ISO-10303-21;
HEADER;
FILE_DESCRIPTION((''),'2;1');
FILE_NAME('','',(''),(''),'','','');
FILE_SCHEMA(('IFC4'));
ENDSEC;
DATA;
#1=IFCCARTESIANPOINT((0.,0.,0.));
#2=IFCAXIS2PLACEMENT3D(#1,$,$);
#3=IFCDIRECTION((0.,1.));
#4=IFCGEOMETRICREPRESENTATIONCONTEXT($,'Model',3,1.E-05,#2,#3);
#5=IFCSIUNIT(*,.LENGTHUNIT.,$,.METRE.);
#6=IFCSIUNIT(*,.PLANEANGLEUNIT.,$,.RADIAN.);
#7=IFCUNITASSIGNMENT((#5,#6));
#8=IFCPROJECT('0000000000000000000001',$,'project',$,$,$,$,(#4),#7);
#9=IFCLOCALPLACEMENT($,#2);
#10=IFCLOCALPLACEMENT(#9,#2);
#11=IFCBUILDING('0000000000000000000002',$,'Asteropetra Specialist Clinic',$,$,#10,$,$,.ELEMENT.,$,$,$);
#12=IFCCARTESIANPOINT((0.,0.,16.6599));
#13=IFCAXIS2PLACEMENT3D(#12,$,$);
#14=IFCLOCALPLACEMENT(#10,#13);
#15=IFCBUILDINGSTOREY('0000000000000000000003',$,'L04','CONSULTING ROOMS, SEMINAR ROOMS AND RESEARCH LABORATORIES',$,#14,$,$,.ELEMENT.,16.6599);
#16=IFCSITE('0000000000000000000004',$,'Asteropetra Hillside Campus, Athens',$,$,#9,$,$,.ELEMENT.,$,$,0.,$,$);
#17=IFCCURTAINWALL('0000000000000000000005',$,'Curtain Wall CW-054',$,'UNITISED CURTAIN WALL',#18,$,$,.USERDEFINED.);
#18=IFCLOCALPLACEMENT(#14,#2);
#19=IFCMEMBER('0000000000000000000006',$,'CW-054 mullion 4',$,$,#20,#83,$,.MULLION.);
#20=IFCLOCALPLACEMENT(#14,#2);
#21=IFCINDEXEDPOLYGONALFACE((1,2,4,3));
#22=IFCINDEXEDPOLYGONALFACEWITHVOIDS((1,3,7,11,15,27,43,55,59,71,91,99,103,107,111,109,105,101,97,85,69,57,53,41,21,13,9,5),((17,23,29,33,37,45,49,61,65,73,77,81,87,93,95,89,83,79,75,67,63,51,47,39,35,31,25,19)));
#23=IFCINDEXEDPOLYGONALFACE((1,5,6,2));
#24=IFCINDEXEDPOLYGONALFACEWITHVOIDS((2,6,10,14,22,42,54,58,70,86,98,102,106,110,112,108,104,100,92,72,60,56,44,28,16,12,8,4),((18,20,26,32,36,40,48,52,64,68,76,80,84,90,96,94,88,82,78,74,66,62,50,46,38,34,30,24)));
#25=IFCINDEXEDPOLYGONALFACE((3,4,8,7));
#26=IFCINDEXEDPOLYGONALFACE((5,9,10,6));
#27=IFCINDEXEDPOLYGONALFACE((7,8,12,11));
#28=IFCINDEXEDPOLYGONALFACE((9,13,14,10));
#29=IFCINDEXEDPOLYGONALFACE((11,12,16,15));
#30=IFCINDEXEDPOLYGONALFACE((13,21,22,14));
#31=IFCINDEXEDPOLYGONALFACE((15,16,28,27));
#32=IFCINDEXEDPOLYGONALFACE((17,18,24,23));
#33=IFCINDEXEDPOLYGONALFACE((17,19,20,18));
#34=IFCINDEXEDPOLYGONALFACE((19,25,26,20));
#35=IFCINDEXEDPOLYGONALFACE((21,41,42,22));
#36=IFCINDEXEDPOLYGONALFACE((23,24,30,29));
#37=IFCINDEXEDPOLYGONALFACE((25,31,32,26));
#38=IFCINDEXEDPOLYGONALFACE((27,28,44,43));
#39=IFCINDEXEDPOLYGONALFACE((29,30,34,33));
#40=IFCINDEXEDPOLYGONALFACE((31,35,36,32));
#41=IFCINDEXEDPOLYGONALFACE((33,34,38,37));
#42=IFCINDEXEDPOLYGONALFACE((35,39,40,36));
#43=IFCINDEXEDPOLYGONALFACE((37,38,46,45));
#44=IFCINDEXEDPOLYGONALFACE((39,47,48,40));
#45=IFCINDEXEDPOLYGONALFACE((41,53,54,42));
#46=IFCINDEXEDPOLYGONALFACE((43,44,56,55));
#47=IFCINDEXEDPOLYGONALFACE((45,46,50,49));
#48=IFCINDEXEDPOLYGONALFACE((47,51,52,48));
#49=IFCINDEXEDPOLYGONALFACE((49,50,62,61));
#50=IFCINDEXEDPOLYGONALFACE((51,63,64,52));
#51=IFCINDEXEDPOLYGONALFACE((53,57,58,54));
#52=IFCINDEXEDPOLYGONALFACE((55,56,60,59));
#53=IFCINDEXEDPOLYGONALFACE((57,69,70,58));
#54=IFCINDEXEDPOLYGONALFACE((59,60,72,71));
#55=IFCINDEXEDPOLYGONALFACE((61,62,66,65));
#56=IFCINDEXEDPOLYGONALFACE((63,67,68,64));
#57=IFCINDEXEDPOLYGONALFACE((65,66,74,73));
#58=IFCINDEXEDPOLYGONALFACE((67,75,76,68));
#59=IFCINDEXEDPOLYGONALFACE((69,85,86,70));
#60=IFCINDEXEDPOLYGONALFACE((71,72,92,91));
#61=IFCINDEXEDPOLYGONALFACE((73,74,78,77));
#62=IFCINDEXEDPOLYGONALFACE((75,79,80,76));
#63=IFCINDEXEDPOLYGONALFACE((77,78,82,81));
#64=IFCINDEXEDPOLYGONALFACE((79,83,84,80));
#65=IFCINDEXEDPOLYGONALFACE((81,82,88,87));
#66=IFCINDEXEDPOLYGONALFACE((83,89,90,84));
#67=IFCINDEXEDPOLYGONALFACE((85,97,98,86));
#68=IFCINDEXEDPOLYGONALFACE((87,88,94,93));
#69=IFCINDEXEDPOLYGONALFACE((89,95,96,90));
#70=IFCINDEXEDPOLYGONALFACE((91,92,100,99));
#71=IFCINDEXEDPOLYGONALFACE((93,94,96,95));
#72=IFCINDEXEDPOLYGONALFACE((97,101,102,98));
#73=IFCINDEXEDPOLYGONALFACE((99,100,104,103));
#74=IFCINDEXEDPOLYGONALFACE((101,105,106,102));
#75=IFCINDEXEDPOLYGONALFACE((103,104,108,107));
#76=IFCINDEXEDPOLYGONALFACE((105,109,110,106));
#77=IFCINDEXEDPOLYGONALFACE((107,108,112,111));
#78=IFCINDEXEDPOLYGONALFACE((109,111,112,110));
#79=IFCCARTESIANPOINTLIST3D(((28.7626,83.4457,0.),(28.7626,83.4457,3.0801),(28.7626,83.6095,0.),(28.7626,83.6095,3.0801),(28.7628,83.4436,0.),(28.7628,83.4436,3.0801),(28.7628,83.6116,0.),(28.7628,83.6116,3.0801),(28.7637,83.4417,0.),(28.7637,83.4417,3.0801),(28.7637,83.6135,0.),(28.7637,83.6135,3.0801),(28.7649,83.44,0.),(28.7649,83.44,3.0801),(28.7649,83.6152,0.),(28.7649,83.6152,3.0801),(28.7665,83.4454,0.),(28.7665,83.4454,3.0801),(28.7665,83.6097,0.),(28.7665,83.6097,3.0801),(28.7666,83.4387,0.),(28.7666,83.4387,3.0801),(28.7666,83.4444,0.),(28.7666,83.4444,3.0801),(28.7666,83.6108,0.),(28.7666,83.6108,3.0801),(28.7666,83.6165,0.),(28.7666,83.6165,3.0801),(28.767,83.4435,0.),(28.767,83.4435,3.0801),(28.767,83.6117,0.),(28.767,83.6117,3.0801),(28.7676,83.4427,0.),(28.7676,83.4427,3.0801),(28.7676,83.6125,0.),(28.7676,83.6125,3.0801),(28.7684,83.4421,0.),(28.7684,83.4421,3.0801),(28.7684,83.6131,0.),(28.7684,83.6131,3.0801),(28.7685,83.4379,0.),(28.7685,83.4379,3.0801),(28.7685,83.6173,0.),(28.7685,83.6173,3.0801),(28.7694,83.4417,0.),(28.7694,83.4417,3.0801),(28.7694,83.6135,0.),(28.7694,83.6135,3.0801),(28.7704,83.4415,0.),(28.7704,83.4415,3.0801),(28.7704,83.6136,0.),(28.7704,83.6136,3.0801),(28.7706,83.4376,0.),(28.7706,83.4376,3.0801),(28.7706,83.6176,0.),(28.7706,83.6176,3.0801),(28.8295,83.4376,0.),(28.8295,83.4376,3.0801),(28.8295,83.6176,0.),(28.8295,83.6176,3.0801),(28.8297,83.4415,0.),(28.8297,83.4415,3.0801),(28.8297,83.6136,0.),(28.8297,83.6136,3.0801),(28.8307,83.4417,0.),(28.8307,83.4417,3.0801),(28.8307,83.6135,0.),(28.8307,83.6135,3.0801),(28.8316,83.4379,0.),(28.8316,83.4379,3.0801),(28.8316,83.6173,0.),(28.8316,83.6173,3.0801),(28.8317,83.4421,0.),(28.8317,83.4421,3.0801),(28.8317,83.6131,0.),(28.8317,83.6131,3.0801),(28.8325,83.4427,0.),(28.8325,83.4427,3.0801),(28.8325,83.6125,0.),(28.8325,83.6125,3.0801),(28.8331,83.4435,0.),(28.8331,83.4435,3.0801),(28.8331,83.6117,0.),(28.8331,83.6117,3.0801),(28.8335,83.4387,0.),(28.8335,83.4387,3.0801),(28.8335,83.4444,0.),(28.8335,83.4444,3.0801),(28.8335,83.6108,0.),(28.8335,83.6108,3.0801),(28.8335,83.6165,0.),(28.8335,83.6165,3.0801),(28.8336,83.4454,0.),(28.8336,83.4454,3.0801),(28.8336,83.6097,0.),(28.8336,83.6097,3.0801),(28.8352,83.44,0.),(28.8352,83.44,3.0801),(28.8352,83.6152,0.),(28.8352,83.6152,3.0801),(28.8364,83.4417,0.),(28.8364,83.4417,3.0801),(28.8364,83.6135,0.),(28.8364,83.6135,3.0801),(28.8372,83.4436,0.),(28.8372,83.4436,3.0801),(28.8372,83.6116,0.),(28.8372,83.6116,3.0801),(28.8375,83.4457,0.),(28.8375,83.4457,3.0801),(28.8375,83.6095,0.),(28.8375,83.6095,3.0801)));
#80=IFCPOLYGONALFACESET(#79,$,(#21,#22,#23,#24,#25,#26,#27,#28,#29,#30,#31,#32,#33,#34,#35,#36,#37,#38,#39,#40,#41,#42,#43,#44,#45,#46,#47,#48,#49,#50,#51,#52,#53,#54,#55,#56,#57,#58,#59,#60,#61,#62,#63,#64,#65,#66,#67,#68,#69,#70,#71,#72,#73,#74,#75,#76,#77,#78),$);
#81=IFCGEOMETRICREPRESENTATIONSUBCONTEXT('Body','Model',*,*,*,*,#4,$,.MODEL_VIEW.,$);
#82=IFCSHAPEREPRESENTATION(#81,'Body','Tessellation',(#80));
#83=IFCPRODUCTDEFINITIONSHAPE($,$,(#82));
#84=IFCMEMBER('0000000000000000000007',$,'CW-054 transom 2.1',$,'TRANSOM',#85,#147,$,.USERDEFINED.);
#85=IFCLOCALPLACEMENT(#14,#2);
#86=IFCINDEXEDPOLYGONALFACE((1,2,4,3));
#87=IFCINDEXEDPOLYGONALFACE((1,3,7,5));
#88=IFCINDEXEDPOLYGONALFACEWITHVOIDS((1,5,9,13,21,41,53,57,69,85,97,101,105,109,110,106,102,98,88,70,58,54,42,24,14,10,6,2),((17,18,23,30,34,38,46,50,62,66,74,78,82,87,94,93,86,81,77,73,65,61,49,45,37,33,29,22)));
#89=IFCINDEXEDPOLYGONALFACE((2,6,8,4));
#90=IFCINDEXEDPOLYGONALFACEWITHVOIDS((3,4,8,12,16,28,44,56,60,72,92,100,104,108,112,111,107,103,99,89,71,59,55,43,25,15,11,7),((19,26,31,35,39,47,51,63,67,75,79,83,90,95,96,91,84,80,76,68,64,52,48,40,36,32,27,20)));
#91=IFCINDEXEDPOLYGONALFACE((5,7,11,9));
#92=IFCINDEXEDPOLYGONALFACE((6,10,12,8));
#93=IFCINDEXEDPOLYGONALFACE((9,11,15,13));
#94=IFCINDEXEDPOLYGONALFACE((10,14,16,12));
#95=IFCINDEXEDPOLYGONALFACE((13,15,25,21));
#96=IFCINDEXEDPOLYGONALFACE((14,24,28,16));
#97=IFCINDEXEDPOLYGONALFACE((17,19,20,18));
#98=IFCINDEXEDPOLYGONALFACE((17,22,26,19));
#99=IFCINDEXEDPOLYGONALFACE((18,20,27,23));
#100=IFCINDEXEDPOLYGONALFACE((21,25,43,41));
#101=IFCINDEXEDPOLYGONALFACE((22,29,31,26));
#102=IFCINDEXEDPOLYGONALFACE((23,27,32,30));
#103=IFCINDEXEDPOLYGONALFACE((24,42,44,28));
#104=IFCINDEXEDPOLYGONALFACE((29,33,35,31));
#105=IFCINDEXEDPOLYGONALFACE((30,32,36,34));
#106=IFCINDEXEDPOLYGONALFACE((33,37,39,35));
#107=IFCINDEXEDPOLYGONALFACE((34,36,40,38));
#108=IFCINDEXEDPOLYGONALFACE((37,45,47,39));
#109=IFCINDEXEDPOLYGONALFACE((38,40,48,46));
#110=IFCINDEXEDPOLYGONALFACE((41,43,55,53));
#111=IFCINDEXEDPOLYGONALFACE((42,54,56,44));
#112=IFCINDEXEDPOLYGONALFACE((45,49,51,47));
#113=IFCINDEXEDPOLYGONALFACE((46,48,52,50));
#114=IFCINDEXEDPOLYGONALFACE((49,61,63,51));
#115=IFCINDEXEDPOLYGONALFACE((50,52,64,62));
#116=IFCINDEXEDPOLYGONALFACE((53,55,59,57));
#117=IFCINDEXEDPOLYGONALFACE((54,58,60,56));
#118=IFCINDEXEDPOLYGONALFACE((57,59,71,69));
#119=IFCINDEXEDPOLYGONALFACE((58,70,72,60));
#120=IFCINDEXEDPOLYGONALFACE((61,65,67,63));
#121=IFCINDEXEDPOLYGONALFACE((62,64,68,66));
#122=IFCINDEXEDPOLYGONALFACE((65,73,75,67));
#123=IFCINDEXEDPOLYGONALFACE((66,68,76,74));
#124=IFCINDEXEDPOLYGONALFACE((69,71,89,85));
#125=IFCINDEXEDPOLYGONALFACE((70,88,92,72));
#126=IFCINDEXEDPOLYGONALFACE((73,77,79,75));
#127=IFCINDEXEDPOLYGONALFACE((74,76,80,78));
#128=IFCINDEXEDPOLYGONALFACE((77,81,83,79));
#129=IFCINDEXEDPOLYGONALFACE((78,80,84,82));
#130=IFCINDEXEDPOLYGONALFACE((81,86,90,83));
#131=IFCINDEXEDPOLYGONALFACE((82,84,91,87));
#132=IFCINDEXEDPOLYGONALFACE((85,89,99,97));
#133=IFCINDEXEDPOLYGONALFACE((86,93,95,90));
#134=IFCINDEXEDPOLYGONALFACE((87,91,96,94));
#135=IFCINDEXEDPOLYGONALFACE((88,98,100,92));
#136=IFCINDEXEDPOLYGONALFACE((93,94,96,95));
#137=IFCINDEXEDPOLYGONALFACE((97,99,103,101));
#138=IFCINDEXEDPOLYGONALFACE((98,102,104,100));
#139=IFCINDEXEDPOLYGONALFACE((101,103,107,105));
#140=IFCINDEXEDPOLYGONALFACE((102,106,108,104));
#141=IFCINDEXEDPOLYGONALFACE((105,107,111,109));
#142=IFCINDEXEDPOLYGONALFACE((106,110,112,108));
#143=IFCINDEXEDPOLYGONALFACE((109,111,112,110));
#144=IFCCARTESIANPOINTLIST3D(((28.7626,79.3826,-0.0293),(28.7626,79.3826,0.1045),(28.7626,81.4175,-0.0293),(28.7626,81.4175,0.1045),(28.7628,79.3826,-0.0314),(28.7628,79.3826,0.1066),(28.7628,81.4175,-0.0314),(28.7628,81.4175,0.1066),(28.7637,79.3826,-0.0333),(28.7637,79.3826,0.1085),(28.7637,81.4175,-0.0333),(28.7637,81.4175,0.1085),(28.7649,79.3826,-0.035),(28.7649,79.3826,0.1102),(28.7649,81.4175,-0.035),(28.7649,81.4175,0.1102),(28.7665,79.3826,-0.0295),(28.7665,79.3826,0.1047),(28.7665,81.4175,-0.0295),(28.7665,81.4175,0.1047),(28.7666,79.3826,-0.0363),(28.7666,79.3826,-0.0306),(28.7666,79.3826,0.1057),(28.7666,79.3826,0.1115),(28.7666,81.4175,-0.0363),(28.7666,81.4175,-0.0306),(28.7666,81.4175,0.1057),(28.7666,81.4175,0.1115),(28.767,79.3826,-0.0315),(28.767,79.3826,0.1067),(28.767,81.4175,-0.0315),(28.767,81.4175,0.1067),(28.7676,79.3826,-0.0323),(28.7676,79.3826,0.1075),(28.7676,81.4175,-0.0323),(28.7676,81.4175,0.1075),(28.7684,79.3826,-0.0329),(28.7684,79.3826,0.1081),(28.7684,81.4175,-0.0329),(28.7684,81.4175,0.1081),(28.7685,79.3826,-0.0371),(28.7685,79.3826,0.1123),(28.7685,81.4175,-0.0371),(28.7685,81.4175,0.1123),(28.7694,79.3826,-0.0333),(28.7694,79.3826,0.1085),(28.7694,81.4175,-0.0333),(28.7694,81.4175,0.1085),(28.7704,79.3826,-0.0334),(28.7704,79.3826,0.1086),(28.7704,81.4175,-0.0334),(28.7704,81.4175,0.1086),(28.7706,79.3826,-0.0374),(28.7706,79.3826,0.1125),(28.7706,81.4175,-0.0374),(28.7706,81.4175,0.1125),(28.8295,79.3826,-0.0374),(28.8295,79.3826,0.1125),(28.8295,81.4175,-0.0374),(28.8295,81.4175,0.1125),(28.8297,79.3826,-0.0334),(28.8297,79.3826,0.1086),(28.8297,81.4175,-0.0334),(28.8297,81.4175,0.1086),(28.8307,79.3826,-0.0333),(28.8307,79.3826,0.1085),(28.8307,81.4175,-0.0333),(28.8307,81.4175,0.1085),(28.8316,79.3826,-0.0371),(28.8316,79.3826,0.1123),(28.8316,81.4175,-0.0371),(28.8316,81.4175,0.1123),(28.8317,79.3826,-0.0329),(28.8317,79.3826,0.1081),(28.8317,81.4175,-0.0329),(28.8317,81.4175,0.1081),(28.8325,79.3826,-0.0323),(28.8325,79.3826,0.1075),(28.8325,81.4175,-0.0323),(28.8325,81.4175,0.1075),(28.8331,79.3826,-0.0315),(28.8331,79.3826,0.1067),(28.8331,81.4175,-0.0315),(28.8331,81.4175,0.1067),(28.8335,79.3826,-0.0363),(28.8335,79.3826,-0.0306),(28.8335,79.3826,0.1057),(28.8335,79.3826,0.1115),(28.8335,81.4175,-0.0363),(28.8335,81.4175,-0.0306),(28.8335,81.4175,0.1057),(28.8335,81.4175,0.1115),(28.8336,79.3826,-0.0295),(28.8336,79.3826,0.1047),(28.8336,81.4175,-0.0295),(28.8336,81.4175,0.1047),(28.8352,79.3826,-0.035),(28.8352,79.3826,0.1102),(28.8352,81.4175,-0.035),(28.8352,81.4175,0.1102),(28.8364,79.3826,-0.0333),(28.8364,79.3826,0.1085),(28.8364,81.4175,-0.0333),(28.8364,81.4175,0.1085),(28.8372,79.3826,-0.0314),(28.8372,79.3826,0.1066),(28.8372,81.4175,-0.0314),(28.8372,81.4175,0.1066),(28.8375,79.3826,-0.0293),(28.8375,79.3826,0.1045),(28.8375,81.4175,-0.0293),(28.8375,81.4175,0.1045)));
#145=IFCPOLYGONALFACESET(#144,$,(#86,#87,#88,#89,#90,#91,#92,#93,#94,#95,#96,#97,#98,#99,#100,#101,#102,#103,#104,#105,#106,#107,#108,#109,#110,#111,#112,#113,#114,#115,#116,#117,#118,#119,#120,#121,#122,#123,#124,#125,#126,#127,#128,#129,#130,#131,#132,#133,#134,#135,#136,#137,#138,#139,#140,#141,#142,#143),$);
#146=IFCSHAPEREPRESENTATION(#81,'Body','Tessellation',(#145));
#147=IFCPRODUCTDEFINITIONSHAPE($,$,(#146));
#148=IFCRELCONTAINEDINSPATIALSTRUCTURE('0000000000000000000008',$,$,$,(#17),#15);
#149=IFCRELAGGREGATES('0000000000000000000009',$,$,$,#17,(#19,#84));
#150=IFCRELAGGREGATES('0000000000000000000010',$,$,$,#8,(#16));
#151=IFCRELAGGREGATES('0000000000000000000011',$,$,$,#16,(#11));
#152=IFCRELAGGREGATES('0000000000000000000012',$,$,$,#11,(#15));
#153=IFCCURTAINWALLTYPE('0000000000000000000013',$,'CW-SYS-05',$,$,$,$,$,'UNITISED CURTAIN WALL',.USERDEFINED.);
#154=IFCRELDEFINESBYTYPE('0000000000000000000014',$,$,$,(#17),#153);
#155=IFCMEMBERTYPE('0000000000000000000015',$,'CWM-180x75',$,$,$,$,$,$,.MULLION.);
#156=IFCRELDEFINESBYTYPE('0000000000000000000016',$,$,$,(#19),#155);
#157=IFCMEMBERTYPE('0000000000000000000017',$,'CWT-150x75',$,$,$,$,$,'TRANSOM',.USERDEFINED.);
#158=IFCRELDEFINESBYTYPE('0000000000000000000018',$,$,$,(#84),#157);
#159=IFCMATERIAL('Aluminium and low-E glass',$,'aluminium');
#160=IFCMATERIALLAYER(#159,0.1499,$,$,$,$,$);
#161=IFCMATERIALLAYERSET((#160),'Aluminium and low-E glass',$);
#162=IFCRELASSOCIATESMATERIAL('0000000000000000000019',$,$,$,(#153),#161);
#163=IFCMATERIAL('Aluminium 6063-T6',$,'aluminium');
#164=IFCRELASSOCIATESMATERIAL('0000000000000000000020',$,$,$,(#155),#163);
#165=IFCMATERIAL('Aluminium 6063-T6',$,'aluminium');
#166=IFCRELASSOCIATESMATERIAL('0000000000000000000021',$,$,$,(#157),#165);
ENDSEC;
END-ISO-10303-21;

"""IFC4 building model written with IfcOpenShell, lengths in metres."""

from ifc_helpers import new_model, si_unit, direction, frame, origin, origin_2d, place, context, subcontext, project, spatial, hollow_rectangle, extrude, material, layer, layer_set, material_profile, profile_set, type_object, element, aggregate, save


model = new_model("IFC4")

# Units and contexts
model_context = context("Model", 3, precision=1e-05, world=origin(), true_north=direction((0.0, 1.0)))
body_context = subcontext(model_context, "Body", "Model", "MODEL_VIEW")
ifc_project = project(units=[si_unit("LENGTHUNIT", "METRE"), si_unit("PLANEANGLEUNIT", "RADIAN")], contexts=[model_context])

# Site, building, storey
site_placement = place(None, origin())
site = spatial("IfcSite", under=ifc_project, at=site_placement, Name="Asteropetra Hillside Campus, Athens", CompositionType="ELEMENT", RefElevation=0.0)
building_placement = place(site_placement, origin())
building = spatial("IfcBuilding", under=site, at=building_placement, Name="Asteropetra Specialist Clinic", CompositionType="ELEMENT")
storey_placement = place(building_placement, frame((0.0, 0.0, 16.6599)))
storey = spatial("IfcBuildingStorey", under=building, at=storey_placement, Name="L04", Description="CONSULTING ROOMS, SEMINAR ROOMS AND RESEARCH LABORATORIES", CompositionType="ELEMENT", Elevation=16.6599)

# Curtain wall, members
ifc_material_1 = material(Name="Aluminium and low-E glass", Category="aluminium")
ifc_layer_1 = layer(ifc_material_1, 0.1499)
ifc_layer_set_1 = layer_set([ifc_layer_1], Name="Aluminium and low-E glass")
curtain_wall_type = type_object("IfcCurtainWallType", Name="CW-SYS-05", ElementType="UNITISED CURTAIN WALL", PredefinedType="USERDEFINED", material=ifc_layer_set_1)
curtain_wall_placement = place(storey_placement, origin())
curtain_wall = element("IfcCurtainWall", 1, at=curtain_wall_placement, inside=storey, type_object=curtain_wall_type, Name="Curtain Wall CW-054", ObjectType="UNITISED CURTAIN WALL", PredefinedType="USERDEFINED")
ifc_material_2 = material(Name="Aluminium 6063-T6", Category="aluminium")
ifc_material_profile_1 = material_profile(ifc_material_2, hollow_rectangle(XDim=0.075, YDim=0.1799, WallThickness=0.0039, InnerFilletRadius=0.0039, OuterFilletRadius=0.0081, at=origin_2d()), Name="MUL 180x75x4.0")
ifc_profile_set_1 = profile_set([ifc_material_profile_1], Name="Aluminium 6063-T6")
member_type_1 = type_object("IfcMemberType", Name="CWM-180x75", PredefinedType="MULLION", material=ifc_profile_set_1)
member_1_placement = place(storey_placement, frame((28.8, 83.5276, 0.0), z_axis=(0.0, 0.0, 1.0), x_axis=(-1.0, 0.0, 0.0)))
member_1 = element("IfcMember", 2, at=member_1_placement, type_object=member_type_1, Name="CW-054 mullion 4", PredefinedType="MULLION", context=body_context, shape_type="SweptSolid", body=[
    extrude(hollow_rectangle(XDim=0.075, YDim=0.1799, WallThickness=0.0039, InnerFilletRadius=0.0039, OuterFilletRadius=0.0081, at=origin_2d()), origin(), (0.0, 0.0, 1.0), 3.0801),
])
ifc_material_3 = material(Name="Aluminium 6063-T6", Category="aluminium")
ifc_material_profile_2 = material_profile(ifc_material_3, hollow_rectangle(XDim=0.075, YDim=0.1499, WallThickness=0.0039, InnerFilletRadius=0.0039, OuterFilletRadius=0.0081, at=origin_2d()), Name="TRN 150x75x4.0")
ifc_profile_set_2 = profile_set([ifc_material_profile_2], Name="Aluminium 6063-T6")
member_type_2 = type_object("IfcMemberType", Name="CWT-150x75", ElementType="TRANSOM", PredefinedType="USERDEFINED", material=ifc_profile_set_2)
member_2_placement = place(storey_placement, frame((28.8, 79.3826, 0.0376), z_axis=(0.0, 1.0, 0.0), x_axis=(-1.0, 0.0, 0.0)))
member_2 = element("IfcMember", 3, at=member_2_placement, type_object=member_type_2, Name="CW-054 transom 2.1", ObjectType="TRANSOM", PredefinedType="USERDEFINED", context=body_context, shape_type="SweptSolid", body=[
    extrude(hollow_rectangle(XDim=0.075, YDim=0.1499, WallThickness=0.0039, InnerFilletRadius=0.0039, OuterFilletRadius=0.0081, at=origin_2d()), origin(), (0.0, 0.0, 1.0), 2.0349),
])

aggregate(curtain_wall, [member_1, member_2])

save(model, "model.ifc")
